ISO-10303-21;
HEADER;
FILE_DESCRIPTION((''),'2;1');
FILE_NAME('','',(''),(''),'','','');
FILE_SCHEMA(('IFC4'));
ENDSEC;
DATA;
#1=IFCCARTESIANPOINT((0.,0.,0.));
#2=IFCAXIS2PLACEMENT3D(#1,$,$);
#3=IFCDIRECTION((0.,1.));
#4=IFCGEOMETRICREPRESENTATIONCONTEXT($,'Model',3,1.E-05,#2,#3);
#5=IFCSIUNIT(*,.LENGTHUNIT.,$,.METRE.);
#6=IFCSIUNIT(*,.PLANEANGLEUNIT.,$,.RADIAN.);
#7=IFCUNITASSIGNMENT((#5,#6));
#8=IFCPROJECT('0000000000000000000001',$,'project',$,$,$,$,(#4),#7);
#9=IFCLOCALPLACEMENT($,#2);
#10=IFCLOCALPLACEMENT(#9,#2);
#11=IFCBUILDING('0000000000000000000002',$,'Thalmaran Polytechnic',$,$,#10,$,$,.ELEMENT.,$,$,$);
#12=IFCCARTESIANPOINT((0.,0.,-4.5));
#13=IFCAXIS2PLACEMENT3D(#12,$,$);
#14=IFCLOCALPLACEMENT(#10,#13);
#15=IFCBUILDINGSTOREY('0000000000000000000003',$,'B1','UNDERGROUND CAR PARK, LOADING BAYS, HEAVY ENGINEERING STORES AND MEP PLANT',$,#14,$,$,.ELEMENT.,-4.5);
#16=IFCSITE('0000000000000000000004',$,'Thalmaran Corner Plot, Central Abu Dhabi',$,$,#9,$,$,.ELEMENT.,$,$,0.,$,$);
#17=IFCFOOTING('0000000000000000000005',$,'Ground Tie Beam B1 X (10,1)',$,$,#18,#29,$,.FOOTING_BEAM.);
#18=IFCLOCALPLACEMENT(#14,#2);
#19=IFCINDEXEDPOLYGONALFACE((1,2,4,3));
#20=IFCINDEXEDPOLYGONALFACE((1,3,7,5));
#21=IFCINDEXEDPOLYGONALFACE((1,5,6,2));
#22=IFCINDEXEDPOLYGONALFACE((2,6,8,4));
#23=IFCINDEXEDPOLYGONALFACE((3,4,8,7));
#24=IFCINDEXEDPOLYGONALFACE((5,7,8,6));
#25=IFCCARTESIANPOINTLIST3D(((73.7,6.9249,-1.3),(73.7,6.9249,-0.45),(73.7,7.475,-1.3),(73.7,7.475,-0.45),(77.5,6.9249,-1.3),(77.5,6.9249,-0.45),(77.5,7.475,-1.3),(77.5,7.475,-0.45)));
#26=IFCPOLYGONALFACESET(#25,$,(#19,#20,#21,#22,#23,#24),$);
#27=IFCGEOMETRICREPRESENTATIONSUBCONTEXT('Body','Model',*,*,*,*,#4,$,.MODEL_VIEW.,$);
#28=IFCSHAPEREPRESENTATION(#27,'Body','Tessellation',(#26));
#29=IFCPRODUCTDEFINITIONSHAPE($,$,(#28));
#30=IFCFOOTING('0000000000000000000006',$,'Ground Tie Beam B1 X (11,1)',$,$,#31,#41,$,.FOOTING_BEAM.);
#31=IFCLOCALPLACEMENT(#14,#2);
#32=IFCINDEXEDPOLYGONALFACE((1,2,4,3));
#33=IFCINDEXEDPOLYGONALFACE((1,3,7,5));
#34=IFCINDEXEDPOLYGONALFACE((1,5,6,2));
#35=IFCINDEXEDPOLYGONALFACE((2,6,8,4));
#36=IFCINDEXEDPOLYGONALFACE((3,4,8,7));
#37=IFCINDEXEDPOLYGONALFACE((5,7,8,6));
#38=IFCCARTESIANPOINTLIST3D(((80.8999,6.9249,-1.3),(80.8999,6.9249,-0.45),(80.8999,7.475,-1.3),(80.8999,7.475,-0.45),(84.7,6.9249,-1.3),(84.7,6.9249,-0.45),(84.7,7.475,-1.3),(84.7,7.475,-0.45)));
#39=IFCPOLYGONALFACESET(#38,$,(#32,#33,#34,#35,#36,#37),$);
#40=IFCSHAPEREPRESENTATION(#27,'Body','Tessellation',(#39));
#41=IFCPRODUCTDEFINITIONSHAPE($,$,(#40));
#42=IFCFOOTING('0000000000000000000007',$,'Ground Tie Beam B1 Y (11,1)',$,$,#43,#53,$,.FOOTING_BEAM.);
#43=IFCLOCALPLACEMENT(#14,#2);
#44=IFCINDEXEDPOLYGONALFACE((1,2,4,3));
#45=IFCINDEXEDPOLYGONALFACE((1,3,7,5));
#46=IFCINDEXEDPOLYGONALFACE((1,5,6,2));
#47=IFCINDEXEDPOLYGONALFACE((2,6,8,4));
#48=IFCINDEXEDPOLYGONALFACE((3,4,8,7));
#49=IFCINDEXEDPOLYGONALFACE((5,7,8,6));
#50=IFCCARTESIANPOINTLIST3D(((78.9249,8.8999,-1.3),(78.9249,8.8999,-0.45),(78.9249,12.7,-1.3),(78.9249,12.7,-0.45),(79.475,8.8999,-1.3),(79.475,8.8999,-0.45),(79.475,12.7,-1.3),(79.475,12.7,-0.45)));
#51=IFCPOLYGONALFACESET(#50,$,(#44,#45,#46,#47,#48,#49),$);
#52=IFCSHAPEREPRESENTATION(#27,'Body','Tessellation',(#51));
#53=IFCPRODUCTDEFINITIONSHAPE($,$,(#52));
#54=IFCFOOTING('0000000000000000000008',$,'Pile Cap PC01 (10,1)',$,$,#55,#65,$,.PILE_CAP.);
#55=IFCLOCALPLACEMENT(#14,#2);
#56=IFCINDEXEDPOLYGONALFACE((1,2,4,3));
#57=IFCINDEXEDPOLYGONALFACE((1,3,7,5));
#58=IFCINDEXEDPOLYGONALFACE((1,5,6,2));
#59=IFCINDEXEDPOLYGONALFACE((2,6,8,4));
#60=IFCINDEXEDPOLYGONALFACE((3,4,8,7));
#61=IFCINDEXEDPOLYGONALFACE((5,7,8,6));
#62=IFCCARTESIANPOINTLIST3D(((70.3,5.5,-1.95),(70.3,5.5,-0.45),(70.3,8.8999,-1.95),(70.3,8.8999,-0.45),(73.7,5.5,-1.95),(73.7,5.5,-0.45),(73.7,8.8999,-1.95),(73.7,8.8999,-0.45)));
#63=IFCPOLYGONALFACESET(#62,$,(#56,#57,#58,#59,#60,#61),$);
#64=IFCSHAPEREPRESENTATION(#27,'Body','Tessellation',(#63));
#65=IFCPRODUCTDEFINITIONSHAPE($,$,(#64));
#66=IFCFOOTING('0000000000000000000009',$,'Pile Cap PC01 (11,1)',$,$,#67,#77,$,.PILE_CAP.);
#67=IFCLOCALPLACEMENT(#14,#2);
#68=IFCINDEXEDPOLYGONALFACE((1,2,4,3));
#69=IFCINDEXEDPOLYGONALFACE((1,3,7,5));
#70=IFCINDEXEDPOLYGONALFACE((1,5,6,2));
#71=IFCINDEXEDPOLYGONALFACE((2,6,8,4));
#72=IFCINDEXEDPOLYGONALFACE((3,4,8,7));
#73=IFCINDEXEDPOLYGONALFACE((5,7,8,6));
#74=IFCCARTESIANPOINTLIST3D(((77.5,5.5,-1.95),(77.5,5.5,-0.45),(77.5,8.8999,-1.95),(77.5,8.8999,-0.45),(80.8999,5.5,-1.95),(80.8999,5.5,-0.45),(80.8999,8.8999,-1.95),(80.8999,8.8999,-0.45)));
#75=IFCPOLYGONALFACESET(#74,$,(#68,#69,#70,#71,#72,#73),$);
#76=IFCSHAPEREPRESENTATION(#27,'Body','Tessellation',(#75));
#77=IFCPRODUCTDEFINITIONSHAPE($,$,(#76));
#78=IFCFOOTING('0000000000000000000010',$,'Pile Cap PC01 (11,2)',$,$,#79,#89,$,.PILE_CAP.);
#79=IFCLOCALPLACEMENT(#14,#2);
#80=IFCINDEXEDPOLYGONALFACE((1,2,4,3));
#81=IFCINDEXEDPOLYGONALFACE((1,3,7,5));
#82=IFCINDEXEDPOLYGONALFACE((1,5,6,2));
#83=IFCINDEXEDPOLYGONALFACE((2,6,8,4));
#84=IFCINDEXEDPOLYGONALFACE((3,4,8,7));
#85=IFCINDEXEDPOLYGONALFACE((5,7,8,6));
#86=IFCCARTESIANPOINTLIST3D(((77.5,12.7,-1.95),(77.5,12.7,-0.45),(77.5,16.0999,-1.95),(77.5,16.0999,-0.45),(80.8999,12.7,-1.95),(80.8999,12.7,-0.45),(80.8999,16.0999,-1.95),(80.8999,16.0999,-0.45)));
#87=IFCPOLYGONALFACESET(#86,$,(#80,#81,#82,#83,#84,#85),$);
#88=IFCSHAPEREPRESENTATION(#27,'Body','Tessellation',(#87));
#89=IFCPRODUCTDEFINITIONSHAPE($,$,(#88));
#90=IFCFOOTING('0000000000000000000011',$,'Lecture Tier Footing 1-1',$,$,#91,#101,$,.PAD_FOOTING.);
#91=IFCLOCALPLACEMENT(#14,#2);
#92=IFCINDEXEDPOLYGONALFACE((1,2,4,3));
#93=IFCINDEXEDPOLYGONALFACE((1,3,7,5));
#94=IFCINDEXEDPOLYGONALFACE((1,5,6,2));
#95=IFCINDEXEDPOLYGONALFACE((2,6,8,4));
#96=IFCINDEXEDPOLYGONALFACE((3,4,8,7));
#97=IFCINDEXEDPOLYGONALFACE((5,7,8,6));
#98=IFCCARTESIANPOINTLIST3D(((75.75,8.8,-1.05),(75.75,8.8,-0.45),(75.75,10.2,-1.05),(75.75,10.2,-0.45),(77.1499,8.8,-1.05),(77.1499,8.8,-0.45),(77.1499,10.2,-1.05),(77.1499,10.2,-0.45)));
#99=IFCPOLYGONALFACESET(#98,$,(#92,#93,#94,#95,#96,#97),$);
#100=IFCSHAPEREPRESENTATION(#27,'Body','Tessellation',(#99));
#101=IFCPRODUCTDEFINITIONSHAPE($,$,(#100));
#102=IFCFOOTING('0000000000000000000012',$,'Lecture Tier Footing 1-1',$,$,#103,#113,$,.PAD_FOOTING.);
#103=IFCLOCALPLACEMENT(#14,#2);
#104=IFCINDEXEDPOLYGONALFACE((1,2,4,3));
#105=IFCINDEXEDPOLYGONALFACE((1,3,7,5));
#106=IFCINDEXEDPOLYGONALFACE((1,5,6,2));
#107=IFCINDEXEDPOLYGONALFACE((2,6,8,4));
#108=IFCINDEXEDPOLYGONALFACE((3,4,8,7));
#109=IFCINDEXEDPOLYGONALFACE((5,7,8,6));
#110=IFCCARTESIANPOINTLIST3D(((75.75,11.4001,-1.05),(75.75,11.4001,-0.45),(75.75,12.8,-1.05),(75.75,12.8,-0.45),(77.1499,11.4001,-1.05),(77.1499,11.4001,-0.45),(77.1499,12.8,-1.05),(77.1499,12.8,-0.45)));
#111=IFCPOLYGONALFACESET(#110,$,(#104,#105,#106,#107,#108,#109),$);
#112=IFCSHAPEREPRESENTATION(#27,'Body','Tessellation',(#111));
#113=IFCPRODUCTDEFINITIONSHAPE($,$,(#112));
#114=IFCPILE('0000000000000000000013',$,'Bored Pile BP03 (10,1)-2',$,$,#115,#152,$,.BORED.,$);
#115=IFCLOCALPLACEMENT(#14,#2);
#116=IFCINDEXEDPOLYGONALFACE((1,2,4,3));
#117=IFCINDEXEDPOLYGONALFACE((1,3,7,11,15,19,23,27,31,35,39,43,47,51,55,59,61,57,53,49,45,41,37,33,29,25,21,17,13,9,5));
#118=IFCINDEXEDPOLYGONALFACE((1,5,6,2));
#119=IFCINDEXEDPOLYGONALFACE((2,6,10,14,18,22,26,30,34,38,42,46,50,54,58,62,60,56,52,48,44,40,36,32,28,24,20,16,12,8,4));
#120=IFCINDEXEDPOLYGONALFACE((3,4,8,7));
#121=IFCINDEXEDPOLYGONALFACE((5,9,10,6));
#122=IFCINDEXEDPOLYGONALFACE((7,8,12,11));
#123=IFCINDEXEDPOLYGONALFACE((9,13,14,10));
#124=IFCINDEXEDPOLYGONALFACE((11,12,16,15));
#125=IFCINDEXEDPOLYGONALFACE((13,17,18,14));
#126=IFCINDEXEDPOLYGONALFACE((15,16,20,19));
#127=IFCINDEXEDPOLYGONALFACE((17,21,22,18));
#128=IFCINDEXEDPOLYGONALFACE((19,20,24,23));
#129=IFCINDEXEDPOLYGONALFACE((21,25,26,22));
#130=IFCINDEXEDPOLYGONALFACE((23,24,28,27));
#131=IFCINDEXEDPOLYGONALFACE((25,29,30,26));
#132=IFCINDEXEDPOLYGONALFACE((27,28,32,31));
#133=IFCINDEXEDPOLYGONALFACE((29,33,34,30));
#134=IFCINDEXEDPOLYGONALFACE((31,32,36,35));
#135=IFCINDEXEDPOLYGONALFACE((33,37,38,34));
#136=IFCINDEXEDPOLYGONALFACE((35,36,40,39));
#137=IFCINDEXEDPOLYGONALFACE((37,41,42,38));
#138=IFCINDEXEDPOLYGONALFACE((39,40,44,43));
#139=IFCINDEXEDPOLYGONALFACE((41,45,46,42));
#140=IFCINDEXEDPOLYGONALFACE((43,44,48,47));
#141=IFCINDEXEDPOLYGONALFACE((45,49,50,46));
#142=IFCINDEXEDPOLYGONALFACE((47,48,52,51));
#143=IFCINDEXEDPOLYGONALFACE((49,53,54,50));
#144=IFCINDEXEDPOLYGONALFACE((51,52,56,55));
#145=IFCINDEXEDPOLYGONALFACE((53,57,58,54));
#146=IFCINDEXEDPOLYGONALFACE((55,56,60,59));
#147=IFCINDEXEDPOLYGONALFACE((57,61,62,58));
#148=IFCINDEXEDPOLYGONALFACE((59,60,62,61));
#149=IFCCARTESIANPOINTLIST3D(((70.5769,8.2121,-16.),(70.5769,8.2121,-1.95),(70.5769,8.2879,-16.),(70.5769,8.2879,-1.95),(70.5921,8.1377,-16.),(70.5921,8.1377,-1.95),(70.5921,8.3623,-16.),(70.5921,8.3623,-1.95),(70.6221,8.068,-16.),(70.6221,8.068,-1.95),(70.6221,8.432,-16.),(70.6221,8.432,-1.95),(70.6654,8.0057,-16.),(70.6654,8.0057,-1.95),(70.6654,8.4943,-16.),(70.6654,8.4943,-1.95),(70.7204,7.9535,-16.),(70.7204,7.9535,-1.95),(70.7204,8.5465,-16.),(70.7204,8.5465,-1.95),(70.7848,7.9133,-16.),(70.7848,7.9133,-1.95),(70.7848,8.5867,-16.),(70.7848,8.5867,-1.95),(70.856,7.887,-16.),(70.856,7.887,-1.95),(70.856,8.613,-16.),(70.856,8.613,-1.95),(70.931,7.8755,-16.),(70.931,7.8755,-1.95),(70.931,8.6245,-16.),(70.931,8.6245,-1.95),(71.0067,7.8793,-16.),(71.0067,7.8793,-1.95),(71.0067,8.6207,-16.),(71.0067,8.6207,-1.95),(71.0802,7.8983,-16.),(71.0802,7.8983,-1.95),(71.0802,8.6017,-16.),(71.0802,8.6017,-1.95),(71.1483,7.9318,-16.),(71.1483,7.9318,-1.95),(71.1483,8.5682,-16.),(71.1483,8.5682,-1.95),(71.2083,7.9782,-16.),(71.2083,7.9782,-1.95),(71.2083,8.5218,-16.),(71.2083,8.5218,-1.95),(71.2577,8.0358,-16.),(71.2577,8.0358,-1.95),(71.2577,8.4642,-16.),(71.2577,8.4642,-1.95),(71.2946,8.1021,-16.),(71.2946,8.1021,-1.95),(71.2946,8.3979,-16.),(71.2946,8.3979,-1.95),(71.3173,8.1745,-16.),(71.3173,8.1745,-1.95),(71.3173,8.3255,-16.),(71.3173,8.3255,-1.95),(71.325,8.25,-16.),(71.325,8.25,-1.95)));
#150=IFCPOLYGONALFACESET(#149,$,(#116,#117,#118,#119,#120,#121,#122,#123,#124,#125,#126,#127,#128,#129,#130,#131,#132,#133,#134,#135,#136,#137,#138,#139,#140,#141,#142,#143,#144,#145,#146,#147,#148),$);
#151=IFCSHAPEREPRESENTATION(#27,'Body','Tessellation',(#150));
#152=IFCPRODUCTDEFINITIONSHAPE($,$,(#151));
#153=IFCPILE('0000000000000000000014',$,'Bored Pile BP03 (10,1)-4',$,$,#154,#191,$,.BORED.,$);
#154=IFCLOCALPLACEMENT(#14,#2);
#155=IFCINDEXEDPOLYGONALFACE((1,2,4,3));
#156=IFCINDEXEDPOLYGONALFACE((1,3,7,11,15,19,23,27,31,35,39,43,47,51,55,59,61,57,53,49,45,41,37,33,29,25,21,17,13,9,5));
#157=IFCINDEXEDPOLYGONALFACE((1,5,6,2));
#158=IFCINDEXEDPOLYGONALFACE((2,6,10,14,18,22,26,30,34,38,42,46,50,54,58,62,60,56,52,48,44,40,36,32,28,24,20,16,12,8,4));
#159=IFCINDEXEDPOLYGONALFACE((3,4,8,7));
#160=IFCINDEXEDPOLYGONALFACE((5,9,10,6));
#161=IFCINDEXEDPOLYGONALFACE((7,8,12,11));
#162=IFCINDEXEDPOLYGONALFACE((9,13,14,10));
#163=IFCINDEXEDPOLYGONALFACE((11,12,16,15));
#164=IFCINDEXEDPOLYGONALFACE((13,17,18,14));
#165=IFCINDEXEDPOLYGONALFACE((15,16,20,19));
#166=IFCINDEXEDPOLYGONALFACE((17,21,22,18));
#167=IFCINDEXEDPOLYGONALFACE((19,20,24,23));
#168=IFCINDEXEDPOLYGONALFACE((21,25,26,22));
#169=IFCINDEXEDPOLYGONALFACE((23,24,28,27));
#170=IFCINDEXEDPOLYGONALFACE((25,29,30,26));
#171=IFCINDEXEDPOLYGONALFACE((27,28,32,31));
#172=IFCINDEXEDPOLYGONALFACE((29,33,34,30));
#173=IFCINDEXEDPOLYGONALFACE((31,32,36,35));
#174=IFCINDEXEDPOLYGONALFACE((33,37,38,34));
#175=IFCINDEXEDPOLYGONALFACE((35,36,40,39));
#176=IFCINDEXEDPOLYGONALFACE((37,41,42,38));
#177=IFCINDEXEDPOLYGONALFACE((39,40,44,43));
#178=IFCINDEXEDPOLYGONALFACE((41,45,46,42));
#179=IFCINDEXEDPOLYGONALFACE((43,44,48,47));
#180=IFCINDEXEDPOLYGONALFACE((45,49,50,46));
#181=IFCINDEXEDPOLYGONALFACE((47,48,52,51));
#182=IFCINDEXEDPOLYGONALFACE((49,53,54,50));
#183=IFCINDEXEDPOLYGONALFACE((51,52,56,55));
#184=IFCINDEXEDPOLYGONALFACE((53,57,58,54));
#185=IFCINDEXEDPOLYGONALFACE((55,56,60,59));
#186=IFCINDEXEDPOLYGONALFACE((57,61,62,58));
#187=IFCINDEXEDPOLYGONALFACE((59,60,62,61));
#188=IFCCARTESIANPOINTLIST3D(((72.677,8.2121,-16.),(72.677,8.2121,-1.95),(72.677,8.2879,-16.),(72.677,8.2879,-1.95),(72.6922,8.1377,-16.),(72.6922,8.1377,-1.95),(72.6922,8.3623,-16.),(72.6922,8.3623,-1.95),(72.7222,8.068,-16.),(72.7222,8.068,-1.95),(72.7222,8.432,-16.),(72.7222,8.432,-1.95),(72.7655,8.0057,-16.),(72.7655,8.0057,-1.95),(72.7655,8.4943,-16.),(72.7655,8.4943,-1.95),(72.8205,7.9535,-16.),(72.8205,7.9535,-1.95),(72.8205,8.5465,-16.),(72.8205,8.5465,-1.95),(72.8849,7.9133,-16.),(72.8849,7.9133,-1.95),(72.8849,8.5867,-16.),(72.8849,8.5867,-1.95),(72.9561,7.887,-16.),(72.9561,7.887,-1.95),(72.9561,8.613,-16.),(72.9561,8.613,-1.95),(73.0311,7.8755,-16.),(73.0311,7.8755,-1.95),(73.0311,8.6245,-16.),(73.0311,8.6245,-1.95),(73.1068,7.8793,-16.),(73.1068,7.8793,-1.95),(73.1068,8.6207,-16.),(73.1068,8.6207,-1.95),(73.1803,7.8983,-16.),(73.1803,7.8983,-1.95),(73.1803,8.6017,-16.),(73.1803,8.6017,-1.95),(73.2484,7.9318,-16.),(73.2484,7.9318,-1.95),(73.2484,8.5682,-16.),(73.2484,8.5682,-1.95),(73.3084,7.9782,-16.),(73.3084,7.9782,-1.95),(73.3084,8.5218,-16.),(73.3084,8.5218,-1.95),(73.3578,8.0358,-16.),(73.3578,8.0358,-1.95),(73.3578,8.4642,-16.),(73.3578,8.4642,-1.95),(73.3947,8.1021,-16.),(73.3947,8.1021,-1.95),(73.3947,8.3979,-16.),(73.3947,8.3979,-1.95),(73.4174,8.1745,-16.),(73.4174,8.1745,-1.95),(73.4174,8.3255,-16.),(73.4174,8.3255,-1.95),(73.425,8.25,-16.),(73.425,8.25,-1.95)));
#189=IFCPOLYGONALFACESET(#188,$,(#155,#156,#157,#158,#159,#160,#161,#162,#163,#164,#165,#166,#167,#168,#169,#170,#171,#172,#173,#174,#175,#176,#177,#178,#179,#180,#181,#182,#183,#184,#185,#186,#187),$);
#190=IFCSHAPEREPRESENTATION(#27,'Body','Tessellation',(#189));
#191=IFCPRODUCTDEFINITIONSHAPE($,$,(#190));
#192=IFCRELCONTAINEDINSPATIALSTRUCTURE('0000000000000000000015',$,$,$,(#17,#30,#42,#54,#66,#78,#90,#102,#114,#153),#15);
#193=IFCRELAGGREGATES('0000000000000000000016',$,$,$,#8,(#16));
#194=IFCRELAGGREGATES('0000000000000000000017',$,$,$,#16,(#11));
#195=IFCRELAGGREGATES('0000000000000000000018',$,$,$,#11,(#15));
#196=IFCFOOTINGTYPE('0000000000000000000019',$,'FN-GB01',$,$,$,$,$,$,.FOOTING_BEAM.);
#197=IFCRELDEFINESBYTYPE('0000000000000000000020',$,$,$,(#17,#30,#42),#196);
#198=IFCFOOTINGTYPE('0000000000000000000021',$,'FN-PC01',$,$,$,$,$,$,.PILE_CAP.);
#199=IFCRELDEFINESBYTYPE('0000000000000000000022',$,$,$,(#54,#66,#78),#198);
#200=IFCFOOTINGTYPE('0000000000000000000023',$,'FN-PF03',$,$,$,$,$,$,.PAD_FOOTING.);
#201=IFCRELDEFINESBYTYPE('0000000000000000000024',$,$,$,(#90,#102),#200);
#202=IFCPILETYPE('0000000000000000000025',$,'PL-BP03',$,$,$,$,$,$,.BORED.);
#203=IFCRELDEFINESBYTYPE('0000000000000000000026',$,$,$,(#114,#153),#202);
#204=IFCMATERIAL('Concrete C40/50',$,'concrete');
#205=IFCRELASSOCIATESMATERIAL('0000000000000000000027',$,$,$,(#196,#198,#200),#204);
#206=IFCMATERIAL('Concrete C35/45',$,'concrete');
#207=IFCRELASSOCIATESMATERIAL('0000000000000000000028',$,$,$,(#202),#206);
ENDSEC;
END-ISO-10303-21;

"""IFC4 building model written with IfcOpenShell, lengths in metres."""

from ifc_helpers import new_model, si_unit, direction, frame, origin, origin_2d, place, context, subcontext, project, spatial, rectangle, circle, extrude, material, material_profile, profile_set, type_object, element, save


model = new_model("IFC4")

# Units and contexts
model_context = context("Model", 3, precision=1e-05, world=origin(), true_north=direction((0.0, 1.0)))
body_context = subcontext(model_context, "Body", "Model", "MODEL_VIEW")
ifc_project = project(units=[si_unit("LENGTHUNIT", "METRE"), si_unit("PLANEANGLEUNIT", "RADIAN")], contexts=[model_context])

# Site, building, storey
site_placement = place(None, origin())
site = spatial("IfcSite", under=ifc_project, at=site_placement, Name="Thalmaran Corner Plot, Central Abu Dhabi", CompositionType="ELEMENT", RefElevation=0.0)
building_placement = place(site_placement, origin())
building = spatial("IfcBuilding", under=site, at=building_placement, Name="Thalmaran Polytechnic", CompositionType="ELEMENT")
storey_placement = place(building_placement, frame((0.0, 0.0, -4.5)))
storey = spatial("IfcBuildingStorey", under=building, at=storey_placement, Name="B1", Description="UNDERGROUND CAR PARK, LOADING BAYS, HEAVY ENGINEERING STORES AND MEP PLANT", CompositionType="ELEMENT", Elevation=-4.5)

# Footings
ifc_material_1 = material(Name="Concrete C40/50", Category="concrete")
ifc_material_profile_1 = material_profile(ifc_material_1, rectangle(XDim=0.55, YDim=0.8501, at=origin_2d()), Name="RC 550x850")
ifc_profile_set_1 = profile_set([ifc_material_profile_1], Name="Concrete C40/50")
footing_type_1 = type_object("IfcFootingType", Name="FN-GB01", PredefinedType="FOOTING_BEAM", material=ifc_profile_set_1)
for number, where, z_axis, x_axis, name in (
    (1, (73.7, 7.2, -0.875), (1.0, 0.0, 0.0), (0.0, 1.0, 0.0), "Ground Tie Beam B1 X (10,1)"),
    (2, (80.8999, 7.2, -0.875), (1.0, 0.0, 0.0), (0.0, 1.0, 0.0), "Ground Tie Beam B1 X (11,1)"),
    (3, (79.2, 8.8999, -0.875), (0.0, 1.0, 0.0), (-1.0, 0.0, 0.0), "Ground Tie Beam B1 Y (11,1)"),
):
    element("IfcFooting", number, at=place(storey_placement, frame(where, z_axis=z_axis, x_axis=x_axis)), inside=storey, type_object=footing_type_1, Name=name, PredefinedType="FOOTING_BEAM", context=body_context, shape_type="SweptSolid", body=[
        extrude(rectangle(XDim=0.55, YDim=0.8501, at=origin_2d()), origin(), (0.0, 0.0, 1.0), 3.8),
    ])
footing_type_2 = type_object("IfcFootingType", Name="FN-PC01", PredefinedType="PILE_CAP", material=ifc_material_1)
for number, where, z_axis, x_axis, name in (
    (4, (72.0, 7.2, -1.95), (0.0, 0.0, 1.0), (1.0, 0.0, 0.0), "Pile Cap PC01 (10,1)"),
    (5, (79.2, 7.2, -1.95), (0.0, 0.0, 1.0), (1.0, 0.0, 0.0), "Pile Cap PC01 (11,1)"),
    (6, (79.2, 14.3999, -1.95), (0.0, 0.0, 1.0), (1.0, 0.0, 0.0), "Pile Cap PC01 (11,2)"),
):
    element("IfcFooting", number, at=place(storey_placement, frame(where, z_axis=z_axis, x_axis=x_axis)), inside=storey, type_object=footing_type_2, Name=name, PredefinedType="PILE_CAP", context=body_context, shape_type="SweptSolid", body=[
        extrude(rectangle(XDim=3.3999, YDim=3.3999, at=origin_2d()), origin(), (0.0, 0.0, 1.0), 1.5),
    ])
footing_type_3 = type_object("IfcFootingType", Name="FN-PF03", PredefinedType="PAD_FOOTING", material=ifc_material_1)
for number, where, z_axis, x_axis, name in (
    (7, (76.45, 9.5, -1.05), (0.0, 0.0, 1.0), (1.0, 0.0, 0.0), "Lecture Tier Footing 1-1"),
    (8, (76.45, 12.1001, -1.05), (0.0, 0.0, 1.0), (1.0, 0.0, 0.0), "Lecture Tier Footing 1-1"),
):
    element("IfcFooting", number, at=place(storey_placement, frame(where, z_axis=z_axis, x_axis=x_axis)), inside=storey, type_object=footing_type_3, Name=name, PredefinedType="PAD_FOOTING", context=body_context, shape_type="SweptSolid", body=[
        extrude(rectangle(XDim=1.3999, YDim=1.3999, at=origin_2d()), origin(), (0.0, 0.0, 1.0), 0.6001),
    ])

# Piles
ifc_material_2 = material(Name="Concrete C35/45", Category="concrete")
ifc_material_profile_2 = material_profile(ifc_material_2, circle(Radius=0.375, at=origin_2d()), Name="RC 750 DIA")
ifc_profile_set_2 = profile_set([ifc_material_profile_2], Name="Concrete C35/45")
pile_type = type_object("IfcPileType", Name="PL-BP03", PredefinedType="BORED", material=ifc_profile_set_2)
for number, where, z_axis, x_axis, name in (
    (9, (70.95, 8.25, -1.95), (0.0, 0.0, -1.0), (1.0, 0.0, 0.0), "Bored Pile BP03 (10,1)-2"),
    (10, (73.05, 8.25, -1.95), (0.0, 0.0, -1.0), (1.0, 0.0, 0.0), "Bored Pile BP03 (10,1)-4"),
):
    element("IfcPile", number, at=place(storey_placement, frame(where, z_axis=z_axis, x_axis=x_axis)), inside=storey, type_object=pile_type, Name=name, PredefinedType="BORED", context=body_context, shape_type="SweptSolid", body=[
        extrude(circle(Radius=0.375, at=origin_2d()), origin(), (0.0, 0.0, 1.0), 14.05),
    ])

save(model, "model.ifc")
